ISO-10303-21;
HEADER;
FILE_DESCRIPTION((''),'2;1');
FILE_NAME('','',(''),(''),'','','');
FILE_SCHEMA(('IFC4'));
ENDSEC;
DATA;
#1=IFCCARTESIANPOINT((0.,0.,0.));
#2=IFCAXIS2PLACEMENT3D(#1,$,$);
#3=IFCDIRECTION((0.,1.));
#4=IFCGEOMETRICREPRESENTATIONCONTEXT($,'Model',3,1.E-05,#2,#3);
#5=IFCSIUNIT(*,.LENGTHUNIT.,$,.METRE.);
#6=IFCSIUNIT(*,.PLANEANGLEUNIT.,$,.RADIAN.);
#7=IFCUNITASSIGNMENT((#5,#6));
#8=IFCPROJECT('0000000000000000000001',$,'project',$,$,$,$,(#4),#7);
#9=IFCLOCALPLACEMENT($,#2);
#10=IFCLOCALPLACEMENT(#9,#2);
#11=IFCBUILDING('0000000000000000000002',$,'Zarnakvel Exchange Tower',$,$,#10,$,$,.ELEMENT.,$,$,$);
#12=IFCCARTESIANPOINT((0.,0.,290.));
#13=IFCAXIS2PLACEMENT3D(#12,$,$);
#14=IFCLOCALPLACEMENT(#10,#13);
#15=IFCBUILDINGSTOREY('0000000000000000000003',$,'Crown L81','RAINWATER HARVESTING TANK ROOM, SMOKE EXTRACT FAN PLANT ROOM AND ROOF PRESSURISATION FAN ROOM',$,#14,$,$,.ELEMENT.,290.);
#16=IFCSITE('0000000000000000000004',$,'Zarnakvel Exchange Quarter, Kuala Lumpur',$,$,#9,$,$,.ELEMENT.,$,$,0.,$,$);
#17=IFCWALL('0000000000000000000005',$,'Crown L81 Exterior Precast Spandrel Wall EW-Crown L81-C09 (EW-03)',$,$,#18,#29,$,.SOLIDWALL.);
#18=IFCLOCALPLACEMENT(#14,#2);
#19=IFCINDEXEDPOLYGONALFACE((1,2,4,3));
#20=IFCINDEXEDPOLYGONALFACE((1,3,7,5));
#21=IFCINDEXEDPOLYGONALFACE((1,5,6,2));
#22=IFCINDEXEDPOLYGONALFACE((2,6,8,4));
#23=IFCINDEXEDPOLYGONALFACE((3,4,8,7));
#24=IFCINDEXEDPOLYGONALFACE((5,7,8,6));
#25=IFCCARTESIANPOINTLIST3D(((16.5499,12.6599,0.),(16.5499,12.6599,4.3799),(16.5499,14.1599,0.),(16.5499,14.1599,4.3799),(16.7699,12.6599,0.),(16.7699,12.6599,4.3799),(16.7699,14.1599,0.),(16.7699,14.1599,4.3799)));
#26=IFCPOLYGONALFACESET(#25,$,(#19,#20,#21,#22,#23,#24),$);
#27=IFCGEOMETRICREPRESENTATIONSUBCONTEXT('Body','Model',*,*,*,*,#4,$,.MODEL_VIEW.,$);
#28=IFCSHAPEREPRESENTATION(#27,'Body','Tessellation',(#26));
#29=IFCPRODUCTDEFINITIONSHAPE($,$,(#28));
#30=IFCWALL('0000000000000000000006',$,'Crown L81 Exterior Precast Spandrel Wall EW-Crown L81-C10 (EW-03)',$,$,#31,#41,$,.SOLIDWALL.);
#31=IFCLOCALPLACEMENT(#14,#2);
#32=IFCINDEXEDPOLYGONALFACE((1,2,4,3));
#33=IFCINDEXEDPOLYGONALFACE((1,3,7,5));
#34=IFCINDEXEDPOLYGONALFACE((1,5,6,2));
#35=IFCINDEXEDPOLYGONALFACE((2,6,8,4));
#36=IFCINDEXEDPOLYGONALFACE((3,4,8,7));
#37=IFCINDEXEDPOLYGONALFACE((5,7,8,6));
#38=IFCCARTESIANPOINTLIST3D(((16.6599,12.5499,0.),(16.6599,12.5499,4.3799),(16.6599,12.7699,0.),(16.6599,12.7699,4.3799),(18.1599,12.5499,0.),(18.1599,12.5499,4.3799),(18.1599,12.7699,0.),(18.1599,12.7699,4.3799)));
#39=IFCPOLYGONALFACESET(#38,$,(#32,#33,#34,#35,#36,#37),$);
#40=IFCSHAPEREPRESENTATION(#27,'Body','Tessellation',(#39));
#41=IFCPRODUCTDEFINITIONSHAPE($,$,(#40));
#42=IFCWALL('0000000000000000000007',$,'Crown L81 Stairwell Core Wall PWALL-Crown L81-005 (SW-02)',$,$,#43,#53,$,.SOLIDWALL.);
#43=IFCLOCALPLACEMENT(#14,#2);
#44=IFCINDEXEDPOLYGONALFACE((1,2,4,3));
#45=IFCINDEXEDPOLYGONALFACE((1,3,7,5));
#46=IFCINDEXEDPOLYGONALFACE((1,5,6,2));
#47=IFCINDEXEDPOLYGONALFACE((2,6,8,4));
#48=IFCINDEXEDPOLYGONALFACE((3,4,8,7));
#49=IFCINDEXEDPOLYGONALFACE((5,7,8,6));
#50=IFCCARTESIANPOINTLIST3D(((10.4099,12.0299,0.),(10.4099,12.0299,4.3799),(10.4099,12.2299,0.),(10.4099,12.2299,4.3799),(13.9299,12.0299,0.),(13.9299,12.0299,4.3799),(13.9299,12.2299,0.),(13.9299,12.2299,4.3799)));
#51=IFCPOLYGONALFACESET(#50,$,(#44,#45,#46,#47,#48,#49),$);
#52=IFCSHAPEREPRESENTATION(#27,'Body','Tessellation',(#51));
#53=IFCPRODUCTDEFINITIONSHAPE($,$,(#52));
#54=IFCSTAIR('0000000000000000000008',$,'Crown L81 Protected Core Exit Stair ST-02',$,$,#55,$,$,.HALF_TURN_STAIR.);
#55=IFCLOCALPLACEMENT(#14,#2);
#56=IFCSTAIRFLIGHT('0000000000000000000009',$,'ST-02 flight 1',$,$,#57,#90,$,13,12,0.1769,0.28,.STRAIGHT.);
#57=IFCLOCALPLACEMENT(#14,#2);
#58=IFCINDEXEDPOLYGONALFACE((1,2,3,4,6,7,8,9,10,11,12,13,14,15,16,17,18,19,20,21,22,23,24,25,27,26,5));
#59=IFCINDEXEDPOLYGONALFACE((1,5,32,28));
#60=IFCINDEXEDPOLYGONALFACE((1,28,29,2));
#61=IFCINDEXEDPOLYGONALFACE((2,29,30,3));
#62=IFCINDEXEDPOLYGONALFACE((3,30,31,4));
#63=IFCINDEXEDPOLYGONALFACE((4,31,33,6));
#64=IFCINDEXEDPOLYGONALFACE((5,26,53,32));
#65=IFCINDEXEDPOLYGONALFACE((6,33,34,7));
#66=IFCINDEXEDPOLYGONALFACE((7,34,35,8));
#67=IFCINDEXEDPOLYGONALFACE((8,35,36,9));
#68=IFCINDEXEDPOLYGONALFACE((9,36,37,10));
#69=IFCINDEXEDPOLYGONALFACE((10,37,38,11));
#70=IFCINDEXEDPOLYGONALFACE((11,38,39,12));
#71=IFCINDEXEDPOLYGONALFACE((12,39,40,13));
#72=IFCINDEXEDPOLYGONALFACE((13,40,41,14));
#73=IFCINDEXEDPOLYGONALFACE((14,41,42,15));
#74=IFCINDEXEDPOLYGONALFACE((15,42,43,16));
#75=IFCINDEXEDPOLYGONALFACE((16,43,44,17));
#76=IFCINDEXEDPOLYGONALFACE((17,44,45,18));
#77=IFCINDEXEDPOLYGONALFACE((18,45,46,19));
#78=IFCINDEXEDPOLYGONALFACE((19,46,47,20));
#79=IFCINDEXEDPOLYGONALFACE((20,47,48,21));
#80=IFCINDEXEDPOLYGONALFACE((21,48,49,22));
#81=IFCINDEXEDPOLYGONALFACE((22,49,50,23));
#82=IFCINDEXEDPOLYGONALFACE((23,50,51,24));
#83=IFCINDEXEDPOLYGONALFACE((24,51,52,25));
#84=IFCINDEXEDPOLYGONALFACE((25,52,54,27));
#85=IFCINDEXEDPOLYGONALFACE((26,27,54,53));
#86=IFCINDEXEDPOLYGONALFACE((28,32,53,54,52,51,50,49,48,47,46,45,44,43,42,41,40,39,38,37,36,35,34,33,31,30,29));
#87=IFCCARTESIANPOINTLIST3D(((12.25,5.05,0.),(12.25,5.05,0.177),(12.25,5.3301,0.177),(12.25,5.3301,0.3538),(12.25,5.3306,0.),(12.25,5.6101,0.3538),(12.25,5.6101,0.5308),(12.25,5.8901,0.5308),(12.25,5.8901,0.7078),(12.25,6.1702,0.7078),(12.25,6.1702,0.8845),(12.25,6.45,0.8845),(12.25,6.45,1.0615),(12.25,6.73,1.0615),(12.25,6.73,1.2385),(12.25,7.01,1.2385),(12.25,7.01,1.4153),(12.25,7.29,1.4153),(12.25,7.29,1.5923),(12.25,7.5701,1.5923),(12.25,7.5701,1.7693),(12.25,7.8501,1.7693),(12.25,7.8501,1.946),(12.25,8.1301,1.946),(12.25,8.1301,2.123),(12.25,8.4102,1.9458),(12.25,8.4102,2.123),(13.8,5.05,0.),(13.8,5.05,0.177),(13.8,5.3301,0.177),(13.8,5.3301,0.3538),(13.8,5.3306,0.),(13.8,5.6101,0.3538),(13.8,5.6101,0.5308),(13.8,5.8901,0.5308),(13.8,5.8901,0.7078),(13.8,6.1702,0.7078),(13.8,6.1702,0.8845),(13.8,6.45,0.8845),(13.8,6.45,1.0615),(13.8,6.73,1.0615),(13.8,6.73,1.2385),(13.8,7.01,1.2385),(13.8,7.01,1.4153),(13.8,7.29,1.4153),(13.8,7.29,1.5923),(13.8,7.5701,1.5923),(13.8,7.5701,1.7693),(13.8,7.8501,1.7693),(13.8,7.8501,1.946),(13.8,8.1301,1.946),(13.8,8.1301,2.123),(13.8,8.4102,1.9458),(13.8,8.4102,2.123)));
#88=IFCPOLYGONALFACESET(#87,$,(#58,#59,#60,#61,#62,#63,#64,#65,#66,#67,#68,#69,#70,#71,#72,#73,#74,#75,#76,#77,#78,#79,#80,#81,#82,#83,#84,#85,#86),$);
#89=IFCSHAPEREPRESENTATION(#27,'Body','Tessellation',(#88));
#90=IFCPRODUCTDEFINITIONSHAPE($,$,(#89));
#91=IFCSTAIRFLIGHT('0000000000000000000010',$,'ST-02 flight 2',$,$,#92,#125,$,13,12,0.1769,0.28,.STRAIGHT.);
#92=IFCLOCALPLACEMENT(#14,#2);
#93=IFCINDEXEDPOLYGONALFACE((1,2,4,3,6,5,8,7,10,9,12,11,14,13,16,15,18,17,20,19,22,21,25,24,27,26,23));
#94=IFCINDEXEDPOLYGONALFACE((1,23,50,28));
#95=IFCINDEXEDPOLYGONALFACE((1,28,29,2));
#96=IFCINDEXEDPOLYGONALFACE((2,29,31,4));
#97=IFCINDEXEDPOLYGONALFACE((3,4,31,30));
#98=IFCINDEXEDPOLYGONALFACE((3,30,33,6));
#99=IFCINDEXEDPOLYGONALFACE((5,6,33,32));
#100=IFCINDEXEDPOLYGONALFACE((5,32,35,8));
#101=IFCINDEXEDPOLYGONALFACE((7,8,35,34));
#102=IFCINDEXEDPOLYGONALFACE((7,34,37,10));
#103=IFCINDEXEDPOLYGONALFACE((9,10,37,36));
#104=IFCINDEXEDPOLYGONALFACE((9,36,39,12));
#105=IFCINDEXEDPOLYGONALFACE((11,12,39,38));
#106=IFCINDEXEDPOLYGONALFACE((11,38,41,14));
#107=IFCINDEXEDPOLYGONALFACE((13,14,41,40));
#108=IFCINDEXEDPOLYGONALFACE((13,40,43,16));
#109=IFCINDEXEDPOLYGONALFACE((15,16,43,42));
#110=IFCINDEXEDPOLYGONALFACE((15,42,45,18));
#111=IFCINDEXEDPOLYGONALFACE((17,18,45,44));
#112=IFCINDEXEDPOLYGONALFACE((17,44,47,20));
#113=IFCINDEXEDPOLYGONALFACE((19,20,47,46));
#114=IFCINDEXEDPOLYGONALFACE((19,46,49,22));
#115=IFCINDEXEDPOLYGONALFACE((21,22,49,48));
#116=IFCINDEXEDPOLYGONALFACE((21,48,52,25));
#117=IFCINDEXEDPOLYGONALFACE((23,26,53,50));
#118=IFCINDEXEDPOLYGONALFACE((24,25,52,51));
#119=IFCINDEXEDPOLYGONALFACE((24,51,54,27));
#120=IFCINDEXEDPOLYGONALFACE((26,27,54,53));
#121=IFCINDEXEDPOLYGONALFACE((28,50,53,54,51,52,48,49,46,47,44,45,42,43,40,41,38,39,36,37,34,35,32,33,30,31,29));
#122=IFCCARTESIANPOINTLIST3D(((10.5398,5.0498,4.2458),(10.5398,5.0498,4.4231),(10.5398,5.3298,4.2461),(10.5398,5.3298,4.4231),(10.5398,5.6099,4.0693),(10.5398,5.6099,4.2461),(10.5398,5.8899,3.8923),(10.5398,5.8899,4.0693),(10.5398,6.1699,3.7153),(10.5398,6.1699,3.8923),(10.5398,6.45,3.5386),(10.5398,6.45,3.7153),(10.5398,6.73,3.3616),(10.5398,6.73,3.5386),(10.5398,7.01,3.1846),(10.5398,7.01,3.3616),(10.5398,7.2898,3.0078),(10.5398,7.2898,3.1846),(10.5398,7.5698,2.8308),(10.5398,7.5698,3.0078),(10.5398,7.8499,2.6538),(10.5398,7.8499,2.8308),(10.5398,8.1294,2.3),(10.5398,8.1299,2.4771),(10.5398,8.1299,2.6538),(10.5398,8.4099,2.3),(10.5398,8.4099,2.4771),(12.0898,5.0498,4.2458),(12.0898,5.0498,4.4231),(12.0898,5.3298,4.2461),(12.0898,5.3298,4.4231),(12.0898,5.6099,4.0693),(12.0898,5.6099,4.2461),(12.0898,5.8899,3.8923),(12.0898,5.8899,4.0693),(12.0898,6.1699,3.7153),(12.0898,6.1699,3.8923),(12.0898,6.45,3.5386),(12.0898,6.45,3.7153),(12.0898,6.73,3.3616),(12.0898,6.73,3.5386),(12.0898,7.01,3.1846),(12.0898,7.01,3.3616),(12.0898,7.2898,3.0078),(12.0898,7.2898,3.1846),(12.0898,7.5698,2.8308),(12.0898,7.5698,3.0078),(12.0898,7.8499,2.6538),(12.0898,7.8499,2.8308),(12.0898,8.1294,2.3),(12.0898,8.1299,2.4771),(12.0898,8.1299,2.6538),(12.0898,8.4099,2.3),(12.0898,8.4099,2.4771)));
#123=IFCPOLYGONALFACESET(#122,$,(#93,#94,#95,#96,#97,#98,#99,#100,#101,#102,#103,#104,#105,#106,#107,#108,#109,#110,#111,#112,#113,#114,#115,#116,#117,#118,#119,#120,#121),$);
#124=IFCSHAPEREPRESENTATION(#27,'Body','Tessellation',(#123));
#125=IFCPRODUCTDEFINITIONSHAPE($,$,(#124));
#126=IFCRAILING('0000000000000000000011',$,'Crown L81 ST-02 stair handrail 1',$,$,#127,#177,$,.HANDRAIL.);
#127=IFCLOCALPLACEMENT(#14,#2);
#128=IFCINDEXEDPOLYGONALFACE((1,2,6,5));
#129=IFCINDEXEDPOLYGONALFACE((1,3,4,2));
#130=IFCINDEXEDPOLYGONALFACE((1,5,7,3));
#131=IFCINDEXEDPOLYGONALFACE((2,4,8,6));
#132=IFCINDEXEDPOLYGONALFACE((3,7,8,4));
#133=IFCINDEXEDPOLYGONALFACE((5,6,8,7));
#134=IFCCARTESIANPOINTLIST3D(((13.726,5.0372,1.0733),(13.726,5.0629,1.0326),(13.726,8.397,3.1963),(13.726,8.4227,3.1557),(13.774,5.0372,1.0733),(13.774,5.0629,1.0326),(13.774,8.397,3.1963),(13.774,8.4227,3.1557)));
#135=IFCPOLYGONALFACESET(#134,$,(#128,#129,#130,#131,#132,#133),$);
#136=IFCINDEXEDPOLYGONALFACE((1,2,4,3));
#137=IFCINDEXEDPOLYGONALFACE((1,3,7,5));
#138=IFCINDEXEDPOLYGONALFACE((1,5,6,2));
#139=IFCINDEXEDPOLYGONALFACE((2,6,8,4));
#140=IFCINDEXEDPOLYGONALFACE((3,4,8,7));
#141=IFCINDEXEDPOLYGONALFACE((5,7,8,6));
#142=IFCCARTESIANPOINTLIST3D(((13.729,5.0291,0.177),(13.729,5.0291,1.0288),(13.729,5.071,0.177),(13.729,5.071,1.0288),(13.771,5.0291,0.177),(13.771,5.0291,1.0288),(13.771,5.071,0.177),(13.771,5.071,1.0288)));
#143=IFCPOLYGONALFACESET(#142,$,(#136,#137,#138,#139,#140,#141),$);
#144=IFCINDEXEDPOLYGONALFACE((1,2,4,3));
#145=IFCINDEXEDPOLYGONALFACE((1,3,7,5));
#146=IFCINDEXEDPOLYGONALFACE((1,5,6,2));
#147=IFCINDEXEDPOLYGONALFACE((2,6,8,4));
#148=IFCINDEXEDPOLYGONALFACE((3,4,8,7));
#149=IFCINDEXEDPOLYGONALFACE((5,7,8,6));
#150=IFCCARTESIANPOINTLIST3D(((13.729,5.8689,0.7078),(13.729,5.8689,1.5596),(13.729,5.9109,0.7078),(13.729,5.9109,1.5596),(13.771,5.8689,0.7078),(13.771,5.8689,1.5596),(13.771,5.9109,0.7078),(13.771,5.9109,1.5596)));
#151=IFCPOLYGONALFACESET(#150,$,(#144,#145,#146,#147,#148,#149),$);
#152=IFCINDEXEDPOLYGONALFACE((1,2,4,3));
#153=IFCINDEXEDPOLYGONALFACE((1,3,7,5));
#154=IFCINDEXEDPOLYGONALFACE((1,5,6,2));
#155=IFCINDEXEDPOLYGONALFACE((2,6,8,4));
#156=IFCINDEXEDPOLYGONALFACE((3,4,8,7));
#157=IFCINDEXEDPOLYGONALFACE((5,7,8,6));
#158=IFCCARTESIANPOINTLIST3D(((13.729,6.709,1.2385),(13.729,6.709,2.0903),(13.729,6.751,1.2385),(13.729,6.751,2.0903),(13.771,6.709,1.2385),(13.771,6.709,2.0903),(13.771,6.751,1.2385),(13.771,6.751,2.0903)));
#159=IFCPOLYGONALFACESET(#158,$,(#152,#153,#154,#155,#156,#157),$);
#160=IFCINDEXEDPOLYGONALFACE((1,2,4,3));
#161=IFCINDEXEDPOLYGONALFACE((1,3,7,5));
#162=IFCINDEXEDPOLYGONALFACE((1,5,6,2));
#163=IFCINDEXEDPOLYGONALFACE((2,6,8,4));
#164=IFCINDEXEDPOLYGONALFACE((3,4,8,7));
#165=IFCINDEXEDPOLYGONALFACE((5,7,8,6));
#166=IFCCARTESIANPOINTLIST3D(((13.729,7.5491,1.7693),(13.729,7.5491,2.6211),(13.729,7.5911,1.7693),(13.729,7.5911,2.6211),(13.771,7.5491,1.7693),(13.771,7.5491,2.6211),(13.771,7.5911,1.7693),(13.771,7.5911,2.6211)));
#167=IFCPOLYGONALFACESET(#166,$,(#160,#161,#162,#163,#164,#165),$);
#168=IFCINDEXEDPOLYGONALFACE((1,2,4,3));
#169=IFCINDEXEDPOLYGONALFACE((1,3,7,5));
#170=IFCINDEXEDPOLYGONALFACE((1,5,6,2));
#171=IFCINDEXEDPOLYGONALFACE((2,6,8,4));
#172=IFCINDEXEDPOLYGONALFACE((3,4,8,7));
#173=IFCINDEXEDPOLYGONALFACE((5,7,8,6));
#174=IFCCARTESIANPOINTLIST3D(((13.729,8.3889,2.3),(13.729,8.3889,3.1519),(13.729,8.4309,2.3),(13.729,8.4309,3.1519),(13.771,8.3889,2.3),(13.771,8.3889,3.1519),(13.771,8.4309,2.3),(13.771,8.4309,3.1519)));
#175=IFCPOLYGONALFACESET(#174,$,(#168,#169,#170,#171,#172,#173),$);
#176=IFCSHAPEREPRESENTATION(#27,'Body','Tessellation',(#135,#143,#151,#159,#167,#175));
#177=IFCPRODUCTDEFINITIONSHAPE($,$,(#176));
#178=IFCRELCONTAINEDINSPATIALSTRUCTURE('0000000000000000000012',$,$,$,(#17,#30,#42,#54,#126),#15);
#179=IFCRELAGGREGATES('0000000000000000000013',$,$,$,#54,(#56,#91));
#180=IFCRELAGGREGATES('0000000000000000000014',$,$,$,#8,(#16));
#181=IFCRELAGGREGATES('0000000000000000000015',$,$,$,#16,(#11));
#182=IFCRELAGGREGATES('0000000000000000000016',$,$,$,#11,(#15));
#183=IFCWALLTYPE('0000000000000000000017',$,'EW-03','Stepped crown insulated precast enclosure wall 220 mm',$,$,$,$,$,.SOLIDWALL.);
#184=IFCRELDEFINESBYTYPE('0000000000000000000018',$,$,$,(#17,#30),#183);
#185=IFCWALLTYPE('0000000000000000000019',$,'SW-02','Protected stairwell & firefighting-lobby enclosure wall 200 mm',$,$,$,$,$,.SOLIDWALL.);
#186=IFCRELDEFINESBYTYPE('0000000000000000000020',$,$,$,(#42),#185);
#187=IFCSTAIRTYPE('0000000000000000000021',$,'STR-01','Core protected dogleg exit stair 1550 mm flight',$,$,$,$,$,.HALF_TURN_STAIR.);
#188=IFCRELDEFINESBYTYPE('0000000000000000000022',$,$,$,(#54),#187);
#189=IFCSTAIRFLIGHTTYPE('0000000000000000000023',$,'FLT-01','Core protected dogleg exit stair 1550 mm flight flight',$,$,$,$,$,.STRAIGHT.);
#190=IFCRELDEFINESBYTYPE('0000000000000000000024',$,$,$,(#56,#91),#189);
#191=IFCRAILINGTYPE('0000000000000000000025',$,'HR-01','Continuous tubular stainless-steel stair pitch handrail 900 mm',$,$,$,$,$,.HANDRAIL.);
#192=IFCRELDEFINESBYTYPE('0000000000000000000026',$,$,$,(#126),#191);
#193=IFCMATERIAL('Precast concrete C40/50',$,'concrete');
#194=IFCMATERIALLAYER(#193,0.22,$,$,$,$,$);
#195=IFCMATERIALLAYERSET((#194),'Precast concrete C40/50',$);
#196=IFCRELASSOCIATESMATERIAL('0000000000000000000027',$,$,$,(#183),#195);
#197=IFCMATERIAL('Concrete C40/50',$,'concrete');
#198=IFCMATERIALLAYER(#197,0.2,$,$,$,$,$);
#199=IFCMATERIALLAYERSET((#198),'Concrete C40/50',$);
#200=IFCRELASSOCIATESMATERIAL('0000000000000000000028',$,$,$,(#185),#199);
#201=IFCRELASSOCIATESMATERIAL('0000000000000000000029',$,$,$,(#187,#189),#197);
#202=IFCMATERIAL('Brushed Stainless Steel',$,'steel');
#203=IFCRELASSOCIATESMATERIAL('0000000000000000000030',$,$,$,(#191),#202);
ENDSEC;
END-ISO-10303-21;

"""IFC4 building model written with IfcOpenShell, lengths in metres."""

from ifc_helpers import new_model, si_unit, direction, frame, frame_2d, origin, origin_2d, place, context, subcontext, project, spatial, polyline, rectangle, outline, extrude, material, layer, layer_set, type_object, element, aggregate, save


model = new_model("IFC4")

# Units and contexts
model_context = context("Model", 3, precision=1e-05, world=origin(), true_north=direction((0.0, 1.0)))
body_context = subcontext(model_context, "Body", "Model", "MODEL_VIEW")
ifc_project = project(units=[si_unit("LENGTHUNIT", "METRE"), si_unit("PLANEANGLEUNIT", "RADIAN")], contexts=[model_context])

# Site, building, storey
site_placement = place(None, origin())
site = spatial("IfcSite", under=ifc_project, at=site_placement, Name="Zarnakvel Exchange Quarter, Kuala Lumpur", CompositionType="ELEMENT", RefElevation=0.0)
building_placement = place(site_placement, origin())
building = spatial("IfcBuilding", under=site, at=building_placement, Name="Zarnakvel Exchange Tower", CompositionType="ELEMENT")
storey_placement = place(building_placement, frame((0.0, 0.0, 290.0)))
storey = spatial("IfcBuildingStorey", under=building, at=storey_placement, Name="Crown L81", Description="RAINWATER HARVESTING TANK ROOM, SMOKE EXTRACT FAN PLANT ROOM AND ROOF PRESSURISATION FAN ROOM", CompositionType="ELEMENT", Elevation=290.0)

# Walls
ifc_material_1 = material(Name="Precast concrete C40/50", Category="concrete")
ifc_layer_1 = layer(ifc_material_1, 0.22)
ifc_layer_set_1 = layer_set([ifc_layer_1], Name="Precast concrete C40/50")
wall_type_1 = type_object("IfcWallType", Name="EW-03", Description="Stepped crown insulated precast enclosure wall 220 mm", PredefinedType="SOLIDWALL", material=ifc_layer_set_1)
for number, where, z_axis, x_axis, name in (
    (1, (16.6599, 12.6599, 0.0), (0.0, 0.0, 1.0), (0.0, 1.0, 0.0), "Crown L81 Exterior Precast Spandrel Wall EW-Crown L81-C09 (EW-03)"),
    (2, (18.1599, 12.6599, 0.0), (0.0, 0.0, 1.0), (-1.0, 0.0, 0.0), "Crown L81 Exterior Precast Spandrel Wall EW-Crown L81-C10 (EW-03)"),
):
    element("IfcWall", number, at=place(storey_placement, frame(where, z_axis=z_axis, x_axis=x_axis)), inside=storey, type_object=wall_type_1, Name=name, PredefinedType="SOLIDWALL", context=body_context, shape_type="SweptSolid", body=[
        extrude(rectangle(XDim=1.5, YDim=0.22, at=frame_2d((0.75, 0.0))), origin(), (0.0, 0.0, 1.0), 4.3799),
    ])

# Shared definitions
ifc_material_2 = material(Name="Concrete C40/50", Category="concrete")
ifc_layer_2 = layer(ifc_material_2, 0.2)
ifc_layer_set_2 = layer_set([ifc_layer_2], Name="Concrete C40/50")
wall_type_2 = type_object("IfcWallType", Name="SW-02", Description="Protected stairwell & firefighting-lobby enclosure wall 200 mm", PredefinedType="SOLIDWALL", material=ifc_layer_set_2)

# Wall
wall_1_placement = place(storey_placement, frame((10.4099, 12.1299, 0.0), z_axis=(0.0, 0.0, 1.0), x_axis=(1.0, 0.0, 0.0)))
element("IfcWall", 3, at=wall_1_placement, inside=storey, type_object=wall_type_2, Name="Crown L81 Stairwell Core Wall PWALL-Crown L81-005 (SW-02)", PredefinedType="SOLIDWALL", context=body_context, shape_type="SweptSolid", body=[
    extrude(rectangle(XDim=3.52, YDim=0.2, at=frame_2d((1.76, 0.0))), origin(), (0.0, 0.0, 1.0), 4.3799),
])

# Stair, stair flights
stair_type = type_object("IfcStairType", Name="STR-01", Description="Core protected dogleg exit stair 1550 mm flight", PredefinedType="HALF_TURN_STAIR", material=ifc_material_2)
stair_placement = place(storey_placement, origin())
stair = element("IfcStair", 4, at=stair_placement, inside=storey, type_object=stair_type, Name="Crown L81 Protected Core Exit Stair ST-02", PredefinedType="HALF_TURN_STAIR")
stair_flight_type = type_object("IfcStairFlightType", Name="FLT-01", Description="Core protected dogleg exit stair 1550 mm flight flight", PredefinedType="STRAIGHT", material=ifc_material_2)
stair_flight_1_placement = place(storey_placement, frame((13.0249, 5.05, 0.0), z_axis=(0.0, 0.0, 1.0), x_axis=(0.0, 1.0, 0.0)))
stair_flight_1 = element("IfcStairFlight", 5, at=stair_flight_1_placement, type_object=stair_flight_type, Name="ST-02 flight 1", NumberOfRisers=13, NumberOfTreads=12, PredefinedType="STRAIGHT", RiserHeight=0.1769, TreadLength=0.28, context=body_context, shape_type="SweptSolid", body=[
    extrude(outline(polyline([(0.0, 0.0), (0.0, 0.177), (0.28, 0.177), (0.28, 0.3538), (0.5601, 0.3538), (0.5601, 0.5308), (0.8401, 0.5308), (0.8401, 0.7078), (1.1201, 0.7078), (1.1201, 0.8845), (1.3999, 0.8845), (1.3999, 1.0615), (1.6799, 1.0615), (1.6799, 1.2385), (1.96, 1.2385), (1.96, 1.4153), (2.24, 1.4153), (2.24, 1.5923), (2.52, 1.5923), (2.52, 1.7693), (2.8, 1.7693), (2.8, 1.946), (3.0801, 1.946), (3.0801, 2.123), (3.3601, 2.123), (3.3601, 2.3), (3.3601, 1.9458), (0.2805, 0.0), (0.0, 0.0)])), frame((0.0, 0.7749, 0.0), z_axis=(0.0, -1.0, 0.0), x_axis=(1.0, 0.0, 0.0)), (0.0, 0.0, 1.0), 1.55),
])
stair_flight_2_placement = place(storey_placement, frame((11.3149, 8.4099, 2.3), z_axis=(0.0, 0.0, 1.0), x_axis=(0.0, -1.0, 0.0)))
stair_flight_2 = element("IfcStairFlight", 6, at=stair_flight_2_placement, type_object=stair_flight_type, Name="ST-02 flight 2", NumberOfRisers=13, NumberOfTreads=12, PredefinedType="STRAIGHT", RiserHeight=0.1769, TreadLength=0.28, context=body_context, shape_type="SweptSolid", body=[
    extrude(outline(polyline([(0.0, 0.0), (0.0, 0.177), (0.28, 0.177), (0.28, 0.3538), (0.5601, 0.3538), (0.5601, 0.5308), (0.8401, 0.5308), (0.8401, 0.7078), (1.1201, 0.7078), (1.1201, 0.8845), (1.3999, 0.8845), (1.3999, 1.0615), (1.6799, 1.0615), (1.6799, 1.2385), (1.96, 1.2385), (1.96, 1.4153), (2.24, 1.4153), (2.24, 1.5923), (2.52, 1.5923), (2.52, 1.7693), (2.8, 1.7693), (2.8, 1.946), (3.0801, 1.946), (3.0801, 2.123), (3.3601, 2.123), (3.3601, 2.3), (3.3601, 1.9458), (0.2805, 0.0), (0.0, 0.0)])), frame((0.0, 0.7749, 0.0), z_axis=(0.0, -1.0, 0.0), x_axis=(1.0, 0.0, 0.0)), (0.0, 0.0, 1.0), 1.55),
])
aggregate(stair, [stair_flight_1, stair_flight_2])

# Railing
ifc_material_3 = material(Name="Brushed Stainless Steel", Category="steel")
railing_type_1 = type_object("IfcRailingType", Name="HR-01", Description="Continuous tubular stainless-steel stair pitch handrail 900 mm", PredefinedType="HANDRAIL", material=ifc_material_3)
railing_1_placement = place(storey_placement, frame((13.75, 5.05, 0.177)))
element("IfcRailing", 7, at=railing_1_placement, inside=storey, type_object=railing_type_1, Name="Crown L81 ST-02 stair handrail 1", PredefinedType="HANDRAIL", context=body_context, shape_type="SweptSolid", body=[
    extrude(rectangle(XDim=0.0481, YDim=0.0481, at=origin_2d()), frame((0.0, 0.0, 0.876), z_axis=(0.0, 0.845372, 0.534178), x_axis=(-1.0, 0.0, 0.0)), (0.0, 0.0, 1.0), 3.9744),
    extrude(rectangle(XDim=0.042, YDim=0.042, at=origin_2d()), origin(), (0.0, 0.0, 1.0), 0.8518),
    extrude(rectangle(XDim=0.042, YDim=0.042, at=origin_2d()), frame((0.0, 0.8398, 0.5308)), (0.0, 0.0, 1.0), 0.8518),
    extrude(rectangle(XDim=0.042, YDim=0.042, at=origin_2d()), frame((0.0, 1.6799, 1.0615)), (0.0, 0.0, 1.0), 0.8518),
    extrude(rectangle(XDim=0.042, YDim=0.042, at=origin_2d()), frame((0.0, 2.52, 1.5923)), (0.0, 0.0, 1.0), 0.8518),
    extrude(rectangle(XDim=0.042, YDim=0.042, at=origin_2d()), frame((0.0, 3.3599, 2.123)), (0.0, 0.0, 1.0), 0.8518),
])

save(model, "model.ifc")
